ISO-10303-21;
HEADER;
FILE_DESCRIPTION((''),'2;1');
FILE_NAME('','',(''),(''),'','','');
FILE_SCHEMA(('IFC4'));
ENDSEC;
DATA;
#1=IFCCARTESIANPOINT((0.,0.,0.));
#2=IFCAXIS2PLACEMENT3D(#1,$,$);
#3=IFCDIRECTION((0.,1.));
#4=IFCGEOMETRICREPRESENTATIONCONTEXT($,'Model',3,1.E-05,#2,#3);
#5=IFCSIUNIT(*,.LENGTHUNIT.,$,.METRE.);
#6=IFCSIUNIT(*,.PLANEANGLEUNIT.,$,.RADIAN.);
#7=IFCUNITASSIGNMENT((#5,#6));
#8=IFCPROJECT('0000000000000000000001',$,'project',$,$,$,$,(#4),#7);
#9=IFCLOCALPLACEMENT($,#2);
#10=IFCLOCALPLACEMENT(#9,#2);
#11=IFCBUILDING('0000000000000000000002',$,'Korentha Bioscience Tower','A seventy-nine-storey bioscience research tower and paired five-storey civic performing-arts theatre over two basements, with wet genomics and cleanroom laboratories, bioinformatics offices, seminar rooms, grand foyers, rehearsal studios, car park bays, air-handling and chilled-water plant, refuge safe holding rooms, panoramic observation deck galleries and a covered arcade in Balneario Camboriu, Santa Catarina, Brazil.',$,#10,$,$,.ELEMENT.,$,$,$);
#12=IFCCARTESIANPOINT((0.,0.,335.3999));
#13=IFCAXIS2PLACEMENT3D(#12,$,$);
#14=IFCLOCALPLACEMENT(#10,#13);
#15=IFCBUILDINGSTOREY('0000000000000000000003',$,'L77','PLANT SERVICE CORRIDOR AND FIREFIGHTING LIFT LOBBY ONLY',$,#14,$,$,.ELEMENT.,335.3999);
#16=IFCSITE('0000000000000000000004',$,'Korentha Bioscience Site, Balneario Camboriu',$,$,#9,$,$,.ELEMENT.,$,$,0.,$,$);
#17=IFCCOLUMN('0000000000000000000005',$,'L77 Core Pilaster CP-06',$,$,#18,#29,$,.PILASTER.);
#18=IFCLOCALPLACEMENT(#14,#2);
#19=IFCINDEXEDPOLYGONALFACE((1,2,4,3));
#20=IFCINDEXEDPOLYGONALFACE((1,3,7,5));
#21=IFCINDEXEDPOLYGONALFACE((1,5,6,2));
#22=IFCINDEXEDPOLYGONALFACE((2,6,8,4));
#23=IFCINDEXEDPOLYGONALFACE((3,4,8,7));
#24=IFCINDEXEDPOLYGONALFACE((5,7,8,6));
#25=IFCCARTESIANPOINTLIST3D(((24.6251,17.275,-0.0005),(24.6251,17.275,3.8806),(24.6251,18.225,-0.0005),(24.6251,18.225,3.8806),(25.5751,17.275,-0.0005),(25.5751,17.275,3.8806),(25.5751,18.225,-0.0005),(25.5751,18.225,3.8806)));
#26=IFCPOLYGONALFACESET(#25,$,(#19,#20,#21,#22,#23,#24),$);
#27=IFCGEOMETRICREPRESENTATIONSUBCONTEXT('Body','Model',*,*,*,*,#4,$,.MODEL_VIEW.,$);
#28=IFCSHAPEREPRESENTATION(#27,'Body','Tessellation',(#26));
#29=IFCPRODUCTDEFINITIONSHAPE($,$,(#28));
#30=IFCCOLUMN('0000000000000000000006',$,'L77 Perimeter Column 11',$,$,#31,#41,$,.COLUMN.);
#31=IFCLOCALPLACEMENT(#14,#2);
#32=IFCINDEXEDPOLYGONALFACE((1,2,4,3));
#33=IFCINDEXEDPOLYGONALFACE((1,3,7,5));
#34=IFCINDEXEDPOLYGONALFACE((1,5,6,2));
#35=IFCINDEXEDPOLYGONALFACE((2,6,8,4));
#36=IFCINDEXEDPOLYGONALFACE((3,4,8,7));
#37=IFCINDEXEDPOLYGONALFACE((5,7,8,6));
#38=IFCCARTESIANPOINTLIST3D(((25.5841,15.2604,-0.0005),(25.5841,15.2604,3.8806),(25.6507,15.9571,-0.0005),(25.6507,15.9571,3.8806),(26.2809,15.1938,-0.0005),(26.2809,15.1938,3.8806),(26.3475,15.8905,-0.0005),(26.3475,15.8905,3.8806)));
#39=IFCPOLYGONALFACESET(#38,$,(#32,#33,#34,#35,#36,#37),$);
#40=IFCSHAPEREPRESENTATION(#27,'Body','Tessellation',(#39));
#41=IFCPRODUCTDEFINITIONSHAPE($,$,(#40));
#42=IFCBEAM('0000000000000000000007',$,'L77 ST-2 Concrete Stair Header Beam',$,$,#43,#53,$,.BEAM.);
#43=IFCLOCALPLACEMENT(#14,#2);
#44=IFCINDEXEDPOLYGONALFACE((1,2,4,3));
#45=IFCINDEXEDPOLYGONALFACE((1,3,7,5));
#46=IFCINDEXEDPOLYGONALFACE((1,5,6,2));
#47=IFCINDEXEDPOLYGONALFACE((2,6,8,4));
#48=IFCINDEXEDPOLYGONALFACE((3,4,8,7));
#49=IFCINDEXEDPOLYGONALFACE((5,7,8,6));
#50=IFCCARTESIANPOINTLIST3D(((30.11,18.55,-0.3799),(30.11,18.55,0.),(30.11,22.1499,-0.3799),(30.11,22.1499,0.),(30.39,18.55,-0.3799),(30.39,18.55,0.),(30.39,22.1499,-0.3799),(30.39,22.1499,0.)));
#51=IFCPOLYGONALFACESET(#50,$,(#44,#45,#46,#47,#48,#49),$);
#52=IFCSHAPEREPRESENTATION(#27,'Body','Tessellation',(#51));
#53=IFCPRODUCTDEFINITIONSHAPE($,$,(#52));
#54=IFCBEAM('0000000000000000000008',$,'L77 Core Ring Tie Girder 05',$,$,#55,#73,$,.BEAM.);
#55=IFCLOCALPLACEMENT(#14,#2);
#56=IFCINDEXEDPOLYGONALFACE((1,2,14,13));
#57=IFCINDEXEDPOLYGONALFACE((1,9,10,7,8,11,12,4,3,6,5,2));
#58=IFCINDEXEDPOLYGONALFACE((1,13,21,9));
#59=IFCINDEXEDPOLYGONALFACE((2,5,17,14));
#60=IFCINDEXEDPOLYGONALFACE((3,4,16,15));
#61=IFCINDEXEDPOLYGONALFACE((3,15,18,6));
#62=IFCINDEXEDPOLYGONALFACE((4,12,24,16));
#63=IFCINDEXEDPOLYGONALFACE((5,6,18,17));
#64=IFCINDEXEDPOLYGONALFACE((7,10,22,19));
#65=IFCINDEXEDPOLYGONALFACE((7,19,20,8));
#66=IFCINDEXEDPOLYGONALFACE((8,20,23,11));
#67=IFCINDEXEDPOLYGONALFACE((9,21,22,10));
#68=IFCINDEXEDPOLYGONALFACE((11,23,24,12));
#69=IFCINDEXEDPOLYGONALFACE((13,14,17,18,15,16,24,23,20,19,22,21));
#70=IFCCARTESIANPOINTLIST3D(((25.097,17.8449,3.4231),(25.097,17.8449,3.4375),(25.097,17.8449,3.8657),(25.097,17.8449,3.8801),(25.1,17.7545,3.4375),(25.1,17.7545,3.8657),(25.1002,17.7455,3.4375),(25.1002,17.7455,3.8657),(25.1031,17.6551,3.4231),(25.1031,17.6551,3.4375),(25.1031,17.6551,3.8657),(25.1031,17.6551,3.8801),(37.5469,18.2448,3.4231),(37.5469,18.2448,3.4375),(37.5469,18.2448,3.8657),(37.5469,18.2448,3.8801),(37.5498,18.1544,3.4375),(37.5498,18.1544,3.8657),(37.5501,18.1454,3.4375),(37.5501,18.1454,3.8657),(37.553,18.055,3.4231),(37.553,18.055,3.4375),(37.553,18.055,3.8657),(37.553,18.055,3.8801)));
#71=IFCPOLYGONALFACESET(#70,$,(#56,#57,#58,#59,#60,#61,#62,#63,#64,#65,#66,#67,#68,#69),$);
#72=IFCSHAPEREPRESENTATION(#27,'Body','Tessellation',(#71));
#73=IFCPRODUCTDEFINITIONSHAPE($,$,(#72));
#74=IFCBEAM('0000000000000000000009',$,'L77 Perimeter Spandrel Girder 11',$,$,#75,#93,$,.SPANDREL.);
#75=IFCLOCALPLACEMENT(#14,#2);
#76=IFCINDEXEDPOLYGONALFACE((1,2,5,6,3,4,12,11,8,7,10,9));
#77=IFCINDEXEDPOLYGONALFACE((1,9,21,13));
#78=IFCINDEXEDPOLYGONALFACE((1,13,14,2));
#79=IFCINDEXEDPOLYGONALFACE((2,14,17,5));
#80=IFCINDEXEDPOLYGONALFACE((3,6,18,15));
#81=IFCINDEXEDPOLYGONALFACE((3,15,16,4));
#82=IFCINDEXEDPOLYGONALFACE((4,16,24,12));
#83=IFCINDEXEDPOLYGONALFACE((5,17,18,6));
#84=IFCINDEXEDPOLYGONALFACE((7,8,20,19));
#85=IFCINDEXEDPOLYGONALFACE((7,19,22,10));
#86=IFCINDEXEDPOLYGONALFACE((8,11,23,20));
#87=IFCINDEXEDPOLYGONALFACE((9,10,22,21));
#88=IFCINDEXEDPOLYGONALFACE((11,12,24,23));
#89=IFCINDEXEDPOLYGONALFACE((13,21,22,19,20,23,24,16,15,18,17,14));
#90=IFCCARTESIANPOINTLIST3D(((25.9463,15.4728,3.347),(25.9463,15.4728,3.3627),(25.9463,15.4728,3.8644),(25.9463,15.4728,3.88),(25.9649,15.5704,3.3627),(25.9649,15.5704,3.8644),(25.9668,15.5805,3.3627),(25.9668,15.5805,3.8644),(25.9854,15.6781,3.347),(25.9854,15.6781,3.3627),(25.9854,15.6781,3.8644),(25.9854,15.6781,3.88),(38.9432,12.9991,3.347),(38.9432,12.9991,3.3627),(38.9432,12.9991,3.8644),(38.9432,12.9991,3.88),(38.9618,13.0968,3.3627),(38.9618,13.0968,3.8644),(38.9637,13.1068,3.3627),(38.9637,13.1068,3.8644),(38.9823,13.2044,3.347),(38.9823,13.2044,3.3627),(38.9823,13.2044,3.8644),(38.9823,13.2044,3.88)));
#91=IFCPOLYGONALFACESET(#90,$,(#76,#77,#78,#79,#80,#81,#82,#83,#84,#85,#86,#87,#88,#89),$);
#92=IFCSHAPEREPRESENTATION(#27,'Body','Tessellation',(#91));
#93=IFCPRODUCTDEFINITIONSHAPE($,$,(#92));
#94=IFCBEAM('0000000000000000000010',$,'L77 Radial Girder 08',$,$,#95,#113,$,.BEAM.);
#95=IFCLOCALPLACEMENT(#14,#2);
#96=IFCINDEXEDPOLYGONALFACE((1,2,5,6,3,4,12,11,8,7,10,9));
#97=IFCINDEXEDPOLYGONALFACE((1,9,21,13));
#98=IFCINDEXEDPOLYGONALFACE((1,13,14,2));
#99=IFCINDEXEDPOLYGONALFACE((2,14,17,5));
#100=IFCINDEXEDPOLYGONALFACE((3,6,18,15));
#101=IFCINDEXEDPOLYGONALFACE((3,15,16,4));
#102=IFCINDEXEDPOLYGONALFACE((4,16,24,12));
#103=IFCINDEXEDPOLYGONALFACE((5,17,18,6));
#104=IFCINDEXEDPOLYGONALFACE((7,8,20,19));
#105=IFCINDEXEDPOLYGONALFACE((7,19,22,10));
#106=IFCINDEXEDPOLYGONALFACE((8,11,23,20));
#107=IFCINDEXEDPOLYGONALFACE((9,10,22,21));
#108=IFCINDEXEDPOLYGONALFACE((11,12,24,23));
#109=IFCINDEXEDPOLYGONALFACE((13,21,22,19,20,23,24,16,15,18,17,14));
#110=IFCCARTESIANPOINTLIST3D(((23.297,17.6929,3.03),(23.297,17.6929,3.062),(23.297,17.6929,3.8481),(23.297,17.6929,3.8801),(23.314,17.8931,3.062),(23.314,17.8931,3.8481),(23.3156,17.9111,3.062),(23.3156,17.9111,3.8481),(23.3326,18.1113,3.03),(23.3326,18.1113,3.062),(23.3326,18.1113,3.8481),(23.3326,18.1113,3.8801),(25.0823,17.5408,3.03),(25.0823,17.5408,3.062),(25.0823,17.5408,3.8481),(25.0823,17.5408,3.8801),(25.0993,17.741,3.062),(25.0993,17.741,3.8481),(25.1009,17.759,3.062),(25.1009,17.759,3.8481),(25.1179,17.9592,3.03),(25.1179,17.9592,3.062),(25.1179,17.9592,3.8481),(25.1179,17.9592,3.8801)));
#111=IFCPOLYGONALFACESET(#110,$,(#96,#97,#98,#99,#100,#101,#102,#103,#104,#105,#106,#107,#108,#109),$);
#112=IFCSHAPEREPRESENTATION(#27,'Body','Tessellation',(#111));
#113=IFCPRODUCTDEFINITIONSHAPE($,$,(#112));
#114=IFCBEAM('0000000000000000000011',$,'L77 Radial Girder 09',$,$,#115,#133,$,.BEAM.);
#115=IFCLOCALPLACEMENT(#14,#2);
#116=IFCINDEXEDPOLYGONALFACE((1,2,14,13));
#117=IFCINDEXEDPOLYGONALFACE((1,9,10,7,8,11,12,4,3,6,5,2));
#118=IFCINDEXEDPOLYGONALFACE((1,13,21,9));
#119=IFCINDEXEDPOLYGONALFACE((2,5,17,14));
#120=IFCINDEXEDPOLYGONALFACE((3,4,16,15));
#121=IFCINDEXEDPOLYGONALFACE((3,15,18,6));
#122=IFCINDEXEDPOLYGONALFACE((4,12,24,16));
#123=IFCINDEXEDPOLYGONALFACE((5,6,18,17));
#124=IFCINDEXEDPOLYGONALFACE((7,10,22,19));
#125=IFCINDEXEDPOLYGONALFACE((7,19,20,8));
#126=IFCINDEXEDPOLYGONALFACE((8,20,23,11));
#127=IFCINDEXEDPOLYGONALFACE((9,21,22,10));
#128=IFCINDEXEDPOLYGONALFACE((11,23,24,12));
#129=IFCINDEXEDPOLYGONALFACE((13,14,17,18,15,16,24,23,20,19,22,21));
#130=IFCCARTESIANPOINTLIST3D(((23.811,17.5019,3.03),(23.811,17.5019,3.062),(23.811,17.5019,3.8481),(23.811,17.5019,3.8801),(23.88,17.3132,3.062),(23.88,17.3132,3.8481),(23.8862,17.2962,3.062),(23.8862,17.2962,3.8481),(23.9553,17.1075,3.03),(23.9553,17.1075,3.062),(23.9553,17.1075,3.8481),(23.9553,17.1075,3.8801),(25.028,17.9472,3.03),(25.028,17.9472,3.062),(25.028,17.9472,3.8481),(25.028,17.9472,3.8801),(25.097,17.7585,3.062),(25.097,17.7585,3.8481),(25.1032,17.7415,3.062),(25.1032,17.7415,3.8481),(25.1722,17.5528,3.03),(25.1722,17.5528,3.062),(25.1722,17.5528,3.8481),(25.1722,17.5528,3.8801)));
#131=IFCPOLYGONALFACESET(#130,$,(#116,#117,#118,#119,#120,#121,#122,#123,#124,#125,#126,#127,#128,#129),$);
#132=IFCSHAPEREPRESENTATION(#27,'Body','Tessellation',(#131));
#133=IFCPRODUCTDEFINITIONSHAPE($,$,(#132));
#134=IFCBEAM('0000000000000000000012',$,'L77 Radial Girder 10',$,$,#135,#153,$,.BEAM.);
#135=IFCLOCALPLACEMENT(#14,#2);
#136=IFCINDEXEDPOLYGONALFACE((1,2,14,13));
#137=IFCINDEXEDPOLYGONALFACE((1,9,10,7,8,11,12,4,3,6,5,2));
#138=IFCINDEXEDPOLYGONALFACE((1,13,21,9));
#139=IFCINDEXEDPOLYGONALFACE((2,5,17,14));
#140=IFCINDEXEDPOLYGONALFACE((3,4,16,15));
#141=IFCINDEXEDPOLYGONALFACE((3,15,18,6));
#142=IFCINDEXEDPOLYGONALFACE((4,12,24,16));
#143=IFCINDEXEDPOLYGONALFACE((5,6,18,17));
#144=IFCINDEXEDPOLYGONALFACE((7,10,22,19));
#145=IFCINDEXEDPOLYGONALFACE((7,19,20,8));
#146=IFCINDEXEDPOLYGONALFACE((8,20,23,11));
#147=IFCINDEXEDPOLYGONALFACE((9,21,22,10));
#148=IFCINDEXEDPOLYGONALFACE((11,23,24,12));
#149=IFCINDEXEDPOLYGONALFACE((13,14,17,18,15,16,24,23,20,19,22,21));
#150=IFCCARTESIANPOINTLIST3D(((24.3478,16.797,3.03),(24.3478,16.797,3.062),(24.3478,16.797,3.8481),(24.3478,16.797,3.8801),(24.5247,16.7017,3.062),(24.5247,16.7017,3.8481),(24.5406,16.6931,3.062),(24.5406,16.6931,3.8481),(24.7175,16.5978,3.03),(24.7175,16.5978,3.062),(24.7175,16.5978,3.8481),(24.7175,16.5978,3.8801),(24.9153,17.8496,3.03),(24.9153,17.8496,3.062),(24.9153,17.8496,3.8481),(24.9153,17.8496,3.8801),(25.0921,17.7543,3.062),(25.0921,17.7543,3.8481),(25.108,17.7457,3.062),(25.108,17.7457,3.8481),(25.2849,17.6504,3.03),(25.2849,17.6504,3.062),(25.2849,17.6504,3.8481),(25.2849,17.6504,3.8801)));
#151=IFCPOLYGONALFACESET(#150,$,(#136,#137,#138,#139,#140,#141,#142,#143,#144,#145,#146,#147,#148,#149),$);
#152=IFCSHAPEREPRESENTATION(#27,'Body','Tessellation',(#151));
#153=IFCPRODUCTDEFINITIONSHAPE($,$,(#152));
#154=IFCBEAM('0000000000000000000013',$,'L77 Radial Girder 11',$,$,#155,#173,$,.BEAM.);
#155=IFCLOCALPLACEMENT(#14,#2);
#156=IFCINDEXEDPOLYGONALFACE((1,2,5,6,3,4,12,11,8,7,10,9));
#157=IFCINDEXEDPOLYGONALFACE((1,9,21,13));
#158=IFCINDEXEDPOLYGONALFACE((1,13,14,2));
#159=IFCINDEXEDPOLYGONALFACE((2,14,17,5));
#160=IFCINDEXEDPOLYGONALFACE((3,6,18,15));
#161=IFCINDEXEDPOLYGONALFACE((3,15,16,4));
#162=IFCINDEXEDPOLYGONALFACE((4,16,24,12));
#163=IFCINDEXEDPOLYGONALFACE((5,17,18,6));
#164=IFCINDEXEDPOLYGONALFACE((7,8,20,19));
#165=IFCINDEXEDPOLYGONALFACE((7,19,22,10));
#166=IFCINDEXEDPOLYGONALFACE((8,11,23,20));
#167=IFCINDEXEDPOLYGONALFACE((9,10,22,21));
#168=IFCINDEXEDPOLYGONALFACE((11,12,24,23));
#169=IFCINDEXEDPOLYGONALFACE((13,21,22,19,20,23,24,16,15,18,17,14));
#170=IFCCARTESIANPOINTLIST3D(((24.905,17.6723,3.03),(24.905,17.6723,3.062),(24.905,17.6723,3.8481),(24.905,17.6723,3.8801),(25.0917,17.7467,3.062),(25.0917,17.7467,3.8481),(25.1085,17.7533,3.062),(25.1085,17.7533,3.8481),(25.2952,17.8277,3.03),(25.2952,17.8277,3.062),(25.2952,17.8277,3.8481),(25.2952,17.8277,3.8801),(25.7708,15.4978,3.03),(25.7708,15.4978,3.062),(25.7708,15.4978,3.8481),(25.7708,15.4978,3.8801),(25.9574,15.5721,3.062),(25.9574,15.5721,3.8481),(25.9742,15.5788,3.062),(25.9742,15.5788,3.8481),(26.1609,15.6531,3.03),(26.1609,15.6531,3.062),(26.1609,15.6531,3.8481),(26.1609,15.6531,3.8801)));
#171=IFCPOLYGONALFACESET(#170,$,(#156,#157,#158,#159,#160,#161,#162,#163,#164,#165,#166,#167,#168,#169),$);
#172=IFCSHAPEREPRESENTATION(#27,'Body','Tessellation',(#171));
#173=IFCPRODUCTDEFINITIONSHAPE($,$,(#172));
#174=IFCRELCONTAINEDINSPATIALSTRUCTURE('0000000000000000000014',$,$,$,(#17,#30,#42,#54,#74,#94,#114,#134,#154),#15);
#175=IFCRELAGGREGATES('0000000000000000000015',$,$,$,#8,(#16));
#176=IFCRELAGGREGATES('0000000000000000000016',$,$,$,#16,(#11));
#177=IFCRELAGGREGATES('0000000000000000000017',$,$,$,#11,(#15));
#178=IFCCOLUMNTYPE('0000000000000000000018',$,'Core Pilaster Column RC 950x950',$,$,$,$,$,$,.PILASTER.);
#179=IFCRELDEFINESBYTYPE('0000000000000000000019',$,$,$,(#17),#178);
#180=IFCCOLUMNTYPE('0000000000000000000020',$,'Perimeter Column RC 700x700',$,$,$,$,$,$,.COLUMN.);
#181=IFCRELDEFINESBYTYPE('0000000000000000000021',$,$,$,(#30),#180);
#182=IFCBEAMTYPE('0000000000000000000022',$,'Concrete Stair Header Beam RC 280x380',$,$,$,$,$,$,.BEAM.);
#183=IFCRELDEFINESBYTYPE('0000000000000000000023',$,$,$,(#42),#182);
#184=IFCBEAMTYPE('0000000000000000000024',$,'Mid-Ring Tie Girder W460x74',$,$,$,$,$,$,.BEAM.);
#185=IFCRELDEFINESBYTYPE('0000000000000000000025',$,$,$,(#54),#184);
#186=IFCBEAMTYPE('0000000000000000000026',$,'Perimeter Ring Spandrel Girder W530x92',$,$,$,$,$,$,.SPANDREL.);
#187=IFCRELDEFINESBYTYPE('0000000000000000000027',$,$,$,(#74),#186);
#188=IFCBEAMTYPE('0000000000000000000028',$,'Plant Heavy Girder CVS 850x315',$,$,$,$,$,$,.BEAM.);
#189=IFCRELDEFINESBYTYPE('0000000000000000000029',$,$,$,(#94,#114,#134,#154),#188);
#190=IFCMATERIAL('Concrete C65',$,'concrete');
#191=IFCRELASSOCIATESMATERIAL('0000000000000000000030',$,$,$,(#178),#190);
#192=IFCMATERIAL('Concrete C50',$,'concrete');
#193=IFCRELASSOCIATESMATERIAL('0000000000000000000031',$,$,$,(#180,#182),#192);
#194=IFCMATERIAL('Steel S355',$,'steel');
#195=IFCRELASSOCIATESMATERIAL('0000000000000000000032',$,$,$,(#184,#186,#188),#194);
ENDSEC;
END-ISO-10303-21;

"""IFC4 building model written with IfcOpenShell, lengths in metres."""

from ifc_helpers import new_model, si_unit, direction, frame, origin, origin_2d, place, context, subcontext, project, spatial, rectangle, i_section, extrude, material, material_profile, profile_set, type_object, element, save


model = new_model("IFC4")

# Units and contexts
model_context = context("Model", 3, precision=1e-05, world=origin(), true_north=direction((0.0, 1.0)))
body_context = subcontext(model_context, "Body", "Model", "MODEL_VIEW")
ifc_project = project(units=[si_unit("LENGTHUNIT", "METRE"), si_unit("PLANEANGLEUNIT", "RADIAN")], contexts=[model_context])

# Site, building, storey
site_placement = place(None, origin())
site = spatial("IfcSite", under=ifc_project, at=site_placement, Name="Korentha Bioscience Site, Balneario Camboriu", CompositionType="ELEMENT", RefElevation=0.0)
building_placement = place(site_placement, origin())
building = spatial("IfcBuilding", under=site, at=building_placement, Name="Korentha Bioscience Tower", Description="A seventy-nine-storey bioscience research tower and paired five-storey civic performing-arts theatre over two basements, with wet genomics and cleanroom laboratories, bioinformatics offices, seminar rooms, grand foyers, rehearsal studios, car park bays, air-handling and chilled-water plant, refuge safe holding rooms, panoramic observation deck galleries and a covered arcade in Balneario Camboriu, Santa Catarina, Brazil.", CompositionType="ELEMENT")
storey_placement = place(building_placement, frame((0.0, 0.0, 335.3999)))
storey = spatial("IfcBuildingStorey", under=building, at=storey_placement, Name="L77", Description="PLANT SERVICE CORRIDOR AND FIREFIGHTING LIFT LOBBY ONLY", CompositionType="ELEMENT", Elevation=335.3999)

# Columns
ifc_material_1 = material(Name="Concrete C65", Category="concrete")
ifc_material_profile_1 = material_profile(ifc_material_1, rectangle(XDim=0.95, YDim=0.95, at=origin_2d()), Name="Concrete C65")
ifc_profile_set_1 = profile_set([ifc_material_profile_1], Name="Concrete C65 (COL-CP09)")
column_type_1 = type_object("IfcColumnType", Name="Core Pilaster Column RC 950x950", PredefinedType="PILASTER", material=ifc_profile_set_1)
column_1_placement = place(storey_placement, frame((25.1001, 17.75, -0.0005), z_axis=(0.0, 0.0, 1.0), x_axis=(1.0, 0.0, 0.0)))
element("IfcColumn", 1, at=column_1_placement, inside=storey, type_object=column_type_1, Name="L77 Core Pilaster CP-06", PredefinedType="PILASTER", context=body_context, shape_type="SweptSolid", body=[
    extrude(rectangle(XDim=0.95, YDim=0.95, at=origin_2d()), origin(), (0.0, 0.0, 1.0), 3.8811),
])
ifc_material_2 = material(Name="Concrete C50", Category="concrete")
ifc_material_profile_2 = material_profile(ifc_material_2, rectangle(XDim=0.7, YDim=0.7, at=origin_2d()), Name="Concrete C50")
ifc_profile_set_2 = profile_set([ifc_material_profile_2], Name="Concrete C50 (COL-P07)")
column_type_2 = type_object("IfcColumnType", Name="Perimeter Column RC 700x700", PredefinedType="COLUMN", material=ifc_profile_set_2)
column_2_placement = place(storey_placement, frame((25.9658, 15.5754, -0.0005), z_axis=(0.0, 0.0, 1.0), x_axis=(-0.995463, 0.095151, 0.0)))
element("IfcColumn", 2, at=column_2_placement, inside=storey, type_object=column_type_2, Name="L77 Perimeter Column 11", PredefinedType="COLUMN", context=body_context, shape_type="SweptSolid", body=[
    extrude(rectangle(XDim=0.7, YDim=0.7, at=origin_2d()), origin(), (0.0, 0.0, 1.0), 3.8811),
])

# Beams
ifc_material_profile_3 = material_profile(ifc_material_2, rectangle(XDim=0.28, YDim=0.3799, at=origin_2d()), Name="Concrete C50")
ifc_profile_set_3 = profile_set([ifc_material_profile_3], Name="Concrete C50 (ST-HB380)")
beam_type_1 = type_object("IfcBeamType", Name="Concrete Stair Header Beam RC 280x380", PredefinedType="BEAM", material=ifc_profile_set_3)
beam_1_placement = place(storey_placement, frame((30.25, 18.55, -0.1899), z_axis=(0.0, 1.0, 0.0), x_axis=(-1.0, 0.0, 0.0)))
element("IfcBeam", 3, at=beam_1_placement, inside=storey, type_object=beam_type_1, Name="L77 ST-2 Concrete Stair Header Beam", PredefinedType="BEAM", context=body_context, shape_type="SweptSolid", body=[
    extrude(rectangle(XDim=0.28, YDim=0.3799, at=origin_2d()), origin(), (0.0, 0.0, 1.0), 3.5999),
])
ifc_material_3 = material(Name="Steel S355", Category="steel")
ifc_material_profile_4 = material_profile(ifc_material_3, i_section(OverallWidth=0.1899, OverallDepth=0.457, WebThickness=0.009, FlangeThickness=0.0144, at=origin_2d()), Name="Steel S355")
ifc_profile_set_4 = profile_set([ifc_material_profile_4], Name="Steel S355 (MB-460)")
beam_type_2 = type_object("IfcBeamType", Name="Mid-Ring Tie Girder W460x74", PredefinedType="BEAM", material=ifc_profile_set_4)
beam_2_placement = place(storey_placement, frame((25.1001, 17.75, 3.6516), z_axis=(0.999485, 0.032104, 0.0), x_axis=(-0.032104, 0.999485, 0.0)))
element("IfcBeam", 4, at=beam_2_placement, inside=storey, type_object=beam_type_2, Name="L77 Core Ring Tie Girder 05", PredefinedType="BEAM", context=body_context, shape_type="SweptSolid", body=[
    extrude(i_section(OverallWidth=0.1899, OverallDepth=0.457, WebThickness=0.009, FlangeThickness=0.0144, at=origin_2d()), origin(), (0.0, 0.0, 1.0), 12.4563),
])
ifc_material_profile_5 = material_profile(ifc_material_3, i_section(OverallWidth=0.209, OverallDepth=0.533, WebThickness=0.0103, FlangeThickness=0.0156, at=origin_2d()), Name="Steel S355")
ifc_profile_set_5 = profile_set([ifc_material_profile_5], Name="Steel S355 (SB-530)")
beam_type_3 = type_object("IfcBeamType", Name="Perimeter Ring Spandrel Girder W530x92", PredefinedType="SPANDREL", material=ifc_profile_set_5)
beam_3_placement = place(storey_placement, frame((25.9658, 15.5754, 3.6135), z_axis=(0.982366, -0.18697, 0.0), x_axis=(0.18697, 0.982366, 0.0)))
element("IfcBeam", 5, at=beam_3_placement, inside=storey, type_object=beam_type_3, Name="L77 Perimeter Spandrel Girder 11", PredefinedType="SPANDREL", context=body_context, shape_type="SweptSolid", body=[
    extrude(i_section(OverallWidth=0.209, OverallDepth=0.533, WebThickness=0.0103, FlangeThickness=0.0156, at=origin_2d()), origin(), (0.0, 0.0, 1.0), 13.2302),
])
ifc_material_profile_6 = material_profile(ifc_material_3, i_section(OverallWidth=0.4199, OverallDepth=0.8501, WebThickness=0.0181, FlangeThickness=0.032, at=origin_2d()), Name="Steel S355")
ifc_profile_set_6 = profile_set([ifc_material_profile_6], Name="Steel S355 (MB-850)")
beam_type_4 = type_object("IfcBeamType", Name="Plant Heavy Girder CVS 850x315", PredefinedType="BEAM", material=ifc_profile_set_6)
beam_4_placement = place(storey_placement, frame((25.1001, 17.75, 3.4551), z_axis=(-0.996391, 0.084883, 0.0), x_axis=(-0.084883, -0.996391, 0.0)))
element("IfcBeam", 6, at=beam_4_placement, inside=storey, type_object=beam_type_4, Name="L77 Radial Girder 08", PredefinedType="BEAM", context=body_context, shape_type="SweptSolid", body=[
    extrude(i_section(OverallWidth=0.4199, OverallDepth=0.8501, WebThickness=0.0181, FlangeThickness=0.032, at=origin_2d()), origin(), (0.0, 0.0, 1.0), 1.7917),
])
beam_5_placement = place(storey_placement, frame((25.1001, 17.75, 3.4551), z_axis=(-0.93911, -0.343618, 0.0), x_axis=(0.343618, -0.93911, 0.0)))
element("IfcBeam", 7, at=beam_5_placement, inside=storey, type_object=beam_type_4, Name="L77 Radial Girder 09", PredefinedType="BEAM", context=body_context, shape_type="SweptSolid", body=[
    extrude(i_section(OverallWidth=0.4199, OverallDepth=0.8501, WebThickness=0.0181, FlangeThickness=0.032, at=origin_2d()), origin(), (0.0, 0.0, 1.0), 1.2959),
])
beam_6_placement = place(storey_placement, frame((25.1001, 17.75, 3.4551), z_axis=(-0.474526, -0.880242, 0.0), x_axis=(0.880242, -0.474526, 0.0)))
element("IfcBeam", 8, at=beam_6_placement, inside=storey, type_object=beam_type_4, Name="L77 Radial Girder 10", PredefinedType="BEAM", context=body_context, shape_type="SweptSolid", body=[
    extrude(i_section(OverallWidth=0.4199, OverallDepth=0.8501, WebThickness=0.0181, FlangeThickness=0.032, at=origin_2d()), origin(), (0.0, 0.0, 1.0), 1.1958),
])
beam_7_placement = place(storey_placement, frame((25.1001, 17.75, 3.4551), z_axis=(0.36988, -0.92908, 0.0), x_axis=(0.92908, 0.36988, 0.0)))
element("IfcBeam", 9, at=beam_7_placement, inside=storey, type_object=beam_type_4, Name="L77 Radial Girder 11", PredefinedType="BEAM", context=body_context, shape_type="SweptSolid", body=[
    extrude(i_section(OverallWidth=0.4199, OverallDepth=0.8501, WebThickness=0.0181, FlangeThickness=0.032, at=origin_2d()), origin(), (0.0, 0.0, 1.0), 2.3406),
])

save(model, "model.ifc")
